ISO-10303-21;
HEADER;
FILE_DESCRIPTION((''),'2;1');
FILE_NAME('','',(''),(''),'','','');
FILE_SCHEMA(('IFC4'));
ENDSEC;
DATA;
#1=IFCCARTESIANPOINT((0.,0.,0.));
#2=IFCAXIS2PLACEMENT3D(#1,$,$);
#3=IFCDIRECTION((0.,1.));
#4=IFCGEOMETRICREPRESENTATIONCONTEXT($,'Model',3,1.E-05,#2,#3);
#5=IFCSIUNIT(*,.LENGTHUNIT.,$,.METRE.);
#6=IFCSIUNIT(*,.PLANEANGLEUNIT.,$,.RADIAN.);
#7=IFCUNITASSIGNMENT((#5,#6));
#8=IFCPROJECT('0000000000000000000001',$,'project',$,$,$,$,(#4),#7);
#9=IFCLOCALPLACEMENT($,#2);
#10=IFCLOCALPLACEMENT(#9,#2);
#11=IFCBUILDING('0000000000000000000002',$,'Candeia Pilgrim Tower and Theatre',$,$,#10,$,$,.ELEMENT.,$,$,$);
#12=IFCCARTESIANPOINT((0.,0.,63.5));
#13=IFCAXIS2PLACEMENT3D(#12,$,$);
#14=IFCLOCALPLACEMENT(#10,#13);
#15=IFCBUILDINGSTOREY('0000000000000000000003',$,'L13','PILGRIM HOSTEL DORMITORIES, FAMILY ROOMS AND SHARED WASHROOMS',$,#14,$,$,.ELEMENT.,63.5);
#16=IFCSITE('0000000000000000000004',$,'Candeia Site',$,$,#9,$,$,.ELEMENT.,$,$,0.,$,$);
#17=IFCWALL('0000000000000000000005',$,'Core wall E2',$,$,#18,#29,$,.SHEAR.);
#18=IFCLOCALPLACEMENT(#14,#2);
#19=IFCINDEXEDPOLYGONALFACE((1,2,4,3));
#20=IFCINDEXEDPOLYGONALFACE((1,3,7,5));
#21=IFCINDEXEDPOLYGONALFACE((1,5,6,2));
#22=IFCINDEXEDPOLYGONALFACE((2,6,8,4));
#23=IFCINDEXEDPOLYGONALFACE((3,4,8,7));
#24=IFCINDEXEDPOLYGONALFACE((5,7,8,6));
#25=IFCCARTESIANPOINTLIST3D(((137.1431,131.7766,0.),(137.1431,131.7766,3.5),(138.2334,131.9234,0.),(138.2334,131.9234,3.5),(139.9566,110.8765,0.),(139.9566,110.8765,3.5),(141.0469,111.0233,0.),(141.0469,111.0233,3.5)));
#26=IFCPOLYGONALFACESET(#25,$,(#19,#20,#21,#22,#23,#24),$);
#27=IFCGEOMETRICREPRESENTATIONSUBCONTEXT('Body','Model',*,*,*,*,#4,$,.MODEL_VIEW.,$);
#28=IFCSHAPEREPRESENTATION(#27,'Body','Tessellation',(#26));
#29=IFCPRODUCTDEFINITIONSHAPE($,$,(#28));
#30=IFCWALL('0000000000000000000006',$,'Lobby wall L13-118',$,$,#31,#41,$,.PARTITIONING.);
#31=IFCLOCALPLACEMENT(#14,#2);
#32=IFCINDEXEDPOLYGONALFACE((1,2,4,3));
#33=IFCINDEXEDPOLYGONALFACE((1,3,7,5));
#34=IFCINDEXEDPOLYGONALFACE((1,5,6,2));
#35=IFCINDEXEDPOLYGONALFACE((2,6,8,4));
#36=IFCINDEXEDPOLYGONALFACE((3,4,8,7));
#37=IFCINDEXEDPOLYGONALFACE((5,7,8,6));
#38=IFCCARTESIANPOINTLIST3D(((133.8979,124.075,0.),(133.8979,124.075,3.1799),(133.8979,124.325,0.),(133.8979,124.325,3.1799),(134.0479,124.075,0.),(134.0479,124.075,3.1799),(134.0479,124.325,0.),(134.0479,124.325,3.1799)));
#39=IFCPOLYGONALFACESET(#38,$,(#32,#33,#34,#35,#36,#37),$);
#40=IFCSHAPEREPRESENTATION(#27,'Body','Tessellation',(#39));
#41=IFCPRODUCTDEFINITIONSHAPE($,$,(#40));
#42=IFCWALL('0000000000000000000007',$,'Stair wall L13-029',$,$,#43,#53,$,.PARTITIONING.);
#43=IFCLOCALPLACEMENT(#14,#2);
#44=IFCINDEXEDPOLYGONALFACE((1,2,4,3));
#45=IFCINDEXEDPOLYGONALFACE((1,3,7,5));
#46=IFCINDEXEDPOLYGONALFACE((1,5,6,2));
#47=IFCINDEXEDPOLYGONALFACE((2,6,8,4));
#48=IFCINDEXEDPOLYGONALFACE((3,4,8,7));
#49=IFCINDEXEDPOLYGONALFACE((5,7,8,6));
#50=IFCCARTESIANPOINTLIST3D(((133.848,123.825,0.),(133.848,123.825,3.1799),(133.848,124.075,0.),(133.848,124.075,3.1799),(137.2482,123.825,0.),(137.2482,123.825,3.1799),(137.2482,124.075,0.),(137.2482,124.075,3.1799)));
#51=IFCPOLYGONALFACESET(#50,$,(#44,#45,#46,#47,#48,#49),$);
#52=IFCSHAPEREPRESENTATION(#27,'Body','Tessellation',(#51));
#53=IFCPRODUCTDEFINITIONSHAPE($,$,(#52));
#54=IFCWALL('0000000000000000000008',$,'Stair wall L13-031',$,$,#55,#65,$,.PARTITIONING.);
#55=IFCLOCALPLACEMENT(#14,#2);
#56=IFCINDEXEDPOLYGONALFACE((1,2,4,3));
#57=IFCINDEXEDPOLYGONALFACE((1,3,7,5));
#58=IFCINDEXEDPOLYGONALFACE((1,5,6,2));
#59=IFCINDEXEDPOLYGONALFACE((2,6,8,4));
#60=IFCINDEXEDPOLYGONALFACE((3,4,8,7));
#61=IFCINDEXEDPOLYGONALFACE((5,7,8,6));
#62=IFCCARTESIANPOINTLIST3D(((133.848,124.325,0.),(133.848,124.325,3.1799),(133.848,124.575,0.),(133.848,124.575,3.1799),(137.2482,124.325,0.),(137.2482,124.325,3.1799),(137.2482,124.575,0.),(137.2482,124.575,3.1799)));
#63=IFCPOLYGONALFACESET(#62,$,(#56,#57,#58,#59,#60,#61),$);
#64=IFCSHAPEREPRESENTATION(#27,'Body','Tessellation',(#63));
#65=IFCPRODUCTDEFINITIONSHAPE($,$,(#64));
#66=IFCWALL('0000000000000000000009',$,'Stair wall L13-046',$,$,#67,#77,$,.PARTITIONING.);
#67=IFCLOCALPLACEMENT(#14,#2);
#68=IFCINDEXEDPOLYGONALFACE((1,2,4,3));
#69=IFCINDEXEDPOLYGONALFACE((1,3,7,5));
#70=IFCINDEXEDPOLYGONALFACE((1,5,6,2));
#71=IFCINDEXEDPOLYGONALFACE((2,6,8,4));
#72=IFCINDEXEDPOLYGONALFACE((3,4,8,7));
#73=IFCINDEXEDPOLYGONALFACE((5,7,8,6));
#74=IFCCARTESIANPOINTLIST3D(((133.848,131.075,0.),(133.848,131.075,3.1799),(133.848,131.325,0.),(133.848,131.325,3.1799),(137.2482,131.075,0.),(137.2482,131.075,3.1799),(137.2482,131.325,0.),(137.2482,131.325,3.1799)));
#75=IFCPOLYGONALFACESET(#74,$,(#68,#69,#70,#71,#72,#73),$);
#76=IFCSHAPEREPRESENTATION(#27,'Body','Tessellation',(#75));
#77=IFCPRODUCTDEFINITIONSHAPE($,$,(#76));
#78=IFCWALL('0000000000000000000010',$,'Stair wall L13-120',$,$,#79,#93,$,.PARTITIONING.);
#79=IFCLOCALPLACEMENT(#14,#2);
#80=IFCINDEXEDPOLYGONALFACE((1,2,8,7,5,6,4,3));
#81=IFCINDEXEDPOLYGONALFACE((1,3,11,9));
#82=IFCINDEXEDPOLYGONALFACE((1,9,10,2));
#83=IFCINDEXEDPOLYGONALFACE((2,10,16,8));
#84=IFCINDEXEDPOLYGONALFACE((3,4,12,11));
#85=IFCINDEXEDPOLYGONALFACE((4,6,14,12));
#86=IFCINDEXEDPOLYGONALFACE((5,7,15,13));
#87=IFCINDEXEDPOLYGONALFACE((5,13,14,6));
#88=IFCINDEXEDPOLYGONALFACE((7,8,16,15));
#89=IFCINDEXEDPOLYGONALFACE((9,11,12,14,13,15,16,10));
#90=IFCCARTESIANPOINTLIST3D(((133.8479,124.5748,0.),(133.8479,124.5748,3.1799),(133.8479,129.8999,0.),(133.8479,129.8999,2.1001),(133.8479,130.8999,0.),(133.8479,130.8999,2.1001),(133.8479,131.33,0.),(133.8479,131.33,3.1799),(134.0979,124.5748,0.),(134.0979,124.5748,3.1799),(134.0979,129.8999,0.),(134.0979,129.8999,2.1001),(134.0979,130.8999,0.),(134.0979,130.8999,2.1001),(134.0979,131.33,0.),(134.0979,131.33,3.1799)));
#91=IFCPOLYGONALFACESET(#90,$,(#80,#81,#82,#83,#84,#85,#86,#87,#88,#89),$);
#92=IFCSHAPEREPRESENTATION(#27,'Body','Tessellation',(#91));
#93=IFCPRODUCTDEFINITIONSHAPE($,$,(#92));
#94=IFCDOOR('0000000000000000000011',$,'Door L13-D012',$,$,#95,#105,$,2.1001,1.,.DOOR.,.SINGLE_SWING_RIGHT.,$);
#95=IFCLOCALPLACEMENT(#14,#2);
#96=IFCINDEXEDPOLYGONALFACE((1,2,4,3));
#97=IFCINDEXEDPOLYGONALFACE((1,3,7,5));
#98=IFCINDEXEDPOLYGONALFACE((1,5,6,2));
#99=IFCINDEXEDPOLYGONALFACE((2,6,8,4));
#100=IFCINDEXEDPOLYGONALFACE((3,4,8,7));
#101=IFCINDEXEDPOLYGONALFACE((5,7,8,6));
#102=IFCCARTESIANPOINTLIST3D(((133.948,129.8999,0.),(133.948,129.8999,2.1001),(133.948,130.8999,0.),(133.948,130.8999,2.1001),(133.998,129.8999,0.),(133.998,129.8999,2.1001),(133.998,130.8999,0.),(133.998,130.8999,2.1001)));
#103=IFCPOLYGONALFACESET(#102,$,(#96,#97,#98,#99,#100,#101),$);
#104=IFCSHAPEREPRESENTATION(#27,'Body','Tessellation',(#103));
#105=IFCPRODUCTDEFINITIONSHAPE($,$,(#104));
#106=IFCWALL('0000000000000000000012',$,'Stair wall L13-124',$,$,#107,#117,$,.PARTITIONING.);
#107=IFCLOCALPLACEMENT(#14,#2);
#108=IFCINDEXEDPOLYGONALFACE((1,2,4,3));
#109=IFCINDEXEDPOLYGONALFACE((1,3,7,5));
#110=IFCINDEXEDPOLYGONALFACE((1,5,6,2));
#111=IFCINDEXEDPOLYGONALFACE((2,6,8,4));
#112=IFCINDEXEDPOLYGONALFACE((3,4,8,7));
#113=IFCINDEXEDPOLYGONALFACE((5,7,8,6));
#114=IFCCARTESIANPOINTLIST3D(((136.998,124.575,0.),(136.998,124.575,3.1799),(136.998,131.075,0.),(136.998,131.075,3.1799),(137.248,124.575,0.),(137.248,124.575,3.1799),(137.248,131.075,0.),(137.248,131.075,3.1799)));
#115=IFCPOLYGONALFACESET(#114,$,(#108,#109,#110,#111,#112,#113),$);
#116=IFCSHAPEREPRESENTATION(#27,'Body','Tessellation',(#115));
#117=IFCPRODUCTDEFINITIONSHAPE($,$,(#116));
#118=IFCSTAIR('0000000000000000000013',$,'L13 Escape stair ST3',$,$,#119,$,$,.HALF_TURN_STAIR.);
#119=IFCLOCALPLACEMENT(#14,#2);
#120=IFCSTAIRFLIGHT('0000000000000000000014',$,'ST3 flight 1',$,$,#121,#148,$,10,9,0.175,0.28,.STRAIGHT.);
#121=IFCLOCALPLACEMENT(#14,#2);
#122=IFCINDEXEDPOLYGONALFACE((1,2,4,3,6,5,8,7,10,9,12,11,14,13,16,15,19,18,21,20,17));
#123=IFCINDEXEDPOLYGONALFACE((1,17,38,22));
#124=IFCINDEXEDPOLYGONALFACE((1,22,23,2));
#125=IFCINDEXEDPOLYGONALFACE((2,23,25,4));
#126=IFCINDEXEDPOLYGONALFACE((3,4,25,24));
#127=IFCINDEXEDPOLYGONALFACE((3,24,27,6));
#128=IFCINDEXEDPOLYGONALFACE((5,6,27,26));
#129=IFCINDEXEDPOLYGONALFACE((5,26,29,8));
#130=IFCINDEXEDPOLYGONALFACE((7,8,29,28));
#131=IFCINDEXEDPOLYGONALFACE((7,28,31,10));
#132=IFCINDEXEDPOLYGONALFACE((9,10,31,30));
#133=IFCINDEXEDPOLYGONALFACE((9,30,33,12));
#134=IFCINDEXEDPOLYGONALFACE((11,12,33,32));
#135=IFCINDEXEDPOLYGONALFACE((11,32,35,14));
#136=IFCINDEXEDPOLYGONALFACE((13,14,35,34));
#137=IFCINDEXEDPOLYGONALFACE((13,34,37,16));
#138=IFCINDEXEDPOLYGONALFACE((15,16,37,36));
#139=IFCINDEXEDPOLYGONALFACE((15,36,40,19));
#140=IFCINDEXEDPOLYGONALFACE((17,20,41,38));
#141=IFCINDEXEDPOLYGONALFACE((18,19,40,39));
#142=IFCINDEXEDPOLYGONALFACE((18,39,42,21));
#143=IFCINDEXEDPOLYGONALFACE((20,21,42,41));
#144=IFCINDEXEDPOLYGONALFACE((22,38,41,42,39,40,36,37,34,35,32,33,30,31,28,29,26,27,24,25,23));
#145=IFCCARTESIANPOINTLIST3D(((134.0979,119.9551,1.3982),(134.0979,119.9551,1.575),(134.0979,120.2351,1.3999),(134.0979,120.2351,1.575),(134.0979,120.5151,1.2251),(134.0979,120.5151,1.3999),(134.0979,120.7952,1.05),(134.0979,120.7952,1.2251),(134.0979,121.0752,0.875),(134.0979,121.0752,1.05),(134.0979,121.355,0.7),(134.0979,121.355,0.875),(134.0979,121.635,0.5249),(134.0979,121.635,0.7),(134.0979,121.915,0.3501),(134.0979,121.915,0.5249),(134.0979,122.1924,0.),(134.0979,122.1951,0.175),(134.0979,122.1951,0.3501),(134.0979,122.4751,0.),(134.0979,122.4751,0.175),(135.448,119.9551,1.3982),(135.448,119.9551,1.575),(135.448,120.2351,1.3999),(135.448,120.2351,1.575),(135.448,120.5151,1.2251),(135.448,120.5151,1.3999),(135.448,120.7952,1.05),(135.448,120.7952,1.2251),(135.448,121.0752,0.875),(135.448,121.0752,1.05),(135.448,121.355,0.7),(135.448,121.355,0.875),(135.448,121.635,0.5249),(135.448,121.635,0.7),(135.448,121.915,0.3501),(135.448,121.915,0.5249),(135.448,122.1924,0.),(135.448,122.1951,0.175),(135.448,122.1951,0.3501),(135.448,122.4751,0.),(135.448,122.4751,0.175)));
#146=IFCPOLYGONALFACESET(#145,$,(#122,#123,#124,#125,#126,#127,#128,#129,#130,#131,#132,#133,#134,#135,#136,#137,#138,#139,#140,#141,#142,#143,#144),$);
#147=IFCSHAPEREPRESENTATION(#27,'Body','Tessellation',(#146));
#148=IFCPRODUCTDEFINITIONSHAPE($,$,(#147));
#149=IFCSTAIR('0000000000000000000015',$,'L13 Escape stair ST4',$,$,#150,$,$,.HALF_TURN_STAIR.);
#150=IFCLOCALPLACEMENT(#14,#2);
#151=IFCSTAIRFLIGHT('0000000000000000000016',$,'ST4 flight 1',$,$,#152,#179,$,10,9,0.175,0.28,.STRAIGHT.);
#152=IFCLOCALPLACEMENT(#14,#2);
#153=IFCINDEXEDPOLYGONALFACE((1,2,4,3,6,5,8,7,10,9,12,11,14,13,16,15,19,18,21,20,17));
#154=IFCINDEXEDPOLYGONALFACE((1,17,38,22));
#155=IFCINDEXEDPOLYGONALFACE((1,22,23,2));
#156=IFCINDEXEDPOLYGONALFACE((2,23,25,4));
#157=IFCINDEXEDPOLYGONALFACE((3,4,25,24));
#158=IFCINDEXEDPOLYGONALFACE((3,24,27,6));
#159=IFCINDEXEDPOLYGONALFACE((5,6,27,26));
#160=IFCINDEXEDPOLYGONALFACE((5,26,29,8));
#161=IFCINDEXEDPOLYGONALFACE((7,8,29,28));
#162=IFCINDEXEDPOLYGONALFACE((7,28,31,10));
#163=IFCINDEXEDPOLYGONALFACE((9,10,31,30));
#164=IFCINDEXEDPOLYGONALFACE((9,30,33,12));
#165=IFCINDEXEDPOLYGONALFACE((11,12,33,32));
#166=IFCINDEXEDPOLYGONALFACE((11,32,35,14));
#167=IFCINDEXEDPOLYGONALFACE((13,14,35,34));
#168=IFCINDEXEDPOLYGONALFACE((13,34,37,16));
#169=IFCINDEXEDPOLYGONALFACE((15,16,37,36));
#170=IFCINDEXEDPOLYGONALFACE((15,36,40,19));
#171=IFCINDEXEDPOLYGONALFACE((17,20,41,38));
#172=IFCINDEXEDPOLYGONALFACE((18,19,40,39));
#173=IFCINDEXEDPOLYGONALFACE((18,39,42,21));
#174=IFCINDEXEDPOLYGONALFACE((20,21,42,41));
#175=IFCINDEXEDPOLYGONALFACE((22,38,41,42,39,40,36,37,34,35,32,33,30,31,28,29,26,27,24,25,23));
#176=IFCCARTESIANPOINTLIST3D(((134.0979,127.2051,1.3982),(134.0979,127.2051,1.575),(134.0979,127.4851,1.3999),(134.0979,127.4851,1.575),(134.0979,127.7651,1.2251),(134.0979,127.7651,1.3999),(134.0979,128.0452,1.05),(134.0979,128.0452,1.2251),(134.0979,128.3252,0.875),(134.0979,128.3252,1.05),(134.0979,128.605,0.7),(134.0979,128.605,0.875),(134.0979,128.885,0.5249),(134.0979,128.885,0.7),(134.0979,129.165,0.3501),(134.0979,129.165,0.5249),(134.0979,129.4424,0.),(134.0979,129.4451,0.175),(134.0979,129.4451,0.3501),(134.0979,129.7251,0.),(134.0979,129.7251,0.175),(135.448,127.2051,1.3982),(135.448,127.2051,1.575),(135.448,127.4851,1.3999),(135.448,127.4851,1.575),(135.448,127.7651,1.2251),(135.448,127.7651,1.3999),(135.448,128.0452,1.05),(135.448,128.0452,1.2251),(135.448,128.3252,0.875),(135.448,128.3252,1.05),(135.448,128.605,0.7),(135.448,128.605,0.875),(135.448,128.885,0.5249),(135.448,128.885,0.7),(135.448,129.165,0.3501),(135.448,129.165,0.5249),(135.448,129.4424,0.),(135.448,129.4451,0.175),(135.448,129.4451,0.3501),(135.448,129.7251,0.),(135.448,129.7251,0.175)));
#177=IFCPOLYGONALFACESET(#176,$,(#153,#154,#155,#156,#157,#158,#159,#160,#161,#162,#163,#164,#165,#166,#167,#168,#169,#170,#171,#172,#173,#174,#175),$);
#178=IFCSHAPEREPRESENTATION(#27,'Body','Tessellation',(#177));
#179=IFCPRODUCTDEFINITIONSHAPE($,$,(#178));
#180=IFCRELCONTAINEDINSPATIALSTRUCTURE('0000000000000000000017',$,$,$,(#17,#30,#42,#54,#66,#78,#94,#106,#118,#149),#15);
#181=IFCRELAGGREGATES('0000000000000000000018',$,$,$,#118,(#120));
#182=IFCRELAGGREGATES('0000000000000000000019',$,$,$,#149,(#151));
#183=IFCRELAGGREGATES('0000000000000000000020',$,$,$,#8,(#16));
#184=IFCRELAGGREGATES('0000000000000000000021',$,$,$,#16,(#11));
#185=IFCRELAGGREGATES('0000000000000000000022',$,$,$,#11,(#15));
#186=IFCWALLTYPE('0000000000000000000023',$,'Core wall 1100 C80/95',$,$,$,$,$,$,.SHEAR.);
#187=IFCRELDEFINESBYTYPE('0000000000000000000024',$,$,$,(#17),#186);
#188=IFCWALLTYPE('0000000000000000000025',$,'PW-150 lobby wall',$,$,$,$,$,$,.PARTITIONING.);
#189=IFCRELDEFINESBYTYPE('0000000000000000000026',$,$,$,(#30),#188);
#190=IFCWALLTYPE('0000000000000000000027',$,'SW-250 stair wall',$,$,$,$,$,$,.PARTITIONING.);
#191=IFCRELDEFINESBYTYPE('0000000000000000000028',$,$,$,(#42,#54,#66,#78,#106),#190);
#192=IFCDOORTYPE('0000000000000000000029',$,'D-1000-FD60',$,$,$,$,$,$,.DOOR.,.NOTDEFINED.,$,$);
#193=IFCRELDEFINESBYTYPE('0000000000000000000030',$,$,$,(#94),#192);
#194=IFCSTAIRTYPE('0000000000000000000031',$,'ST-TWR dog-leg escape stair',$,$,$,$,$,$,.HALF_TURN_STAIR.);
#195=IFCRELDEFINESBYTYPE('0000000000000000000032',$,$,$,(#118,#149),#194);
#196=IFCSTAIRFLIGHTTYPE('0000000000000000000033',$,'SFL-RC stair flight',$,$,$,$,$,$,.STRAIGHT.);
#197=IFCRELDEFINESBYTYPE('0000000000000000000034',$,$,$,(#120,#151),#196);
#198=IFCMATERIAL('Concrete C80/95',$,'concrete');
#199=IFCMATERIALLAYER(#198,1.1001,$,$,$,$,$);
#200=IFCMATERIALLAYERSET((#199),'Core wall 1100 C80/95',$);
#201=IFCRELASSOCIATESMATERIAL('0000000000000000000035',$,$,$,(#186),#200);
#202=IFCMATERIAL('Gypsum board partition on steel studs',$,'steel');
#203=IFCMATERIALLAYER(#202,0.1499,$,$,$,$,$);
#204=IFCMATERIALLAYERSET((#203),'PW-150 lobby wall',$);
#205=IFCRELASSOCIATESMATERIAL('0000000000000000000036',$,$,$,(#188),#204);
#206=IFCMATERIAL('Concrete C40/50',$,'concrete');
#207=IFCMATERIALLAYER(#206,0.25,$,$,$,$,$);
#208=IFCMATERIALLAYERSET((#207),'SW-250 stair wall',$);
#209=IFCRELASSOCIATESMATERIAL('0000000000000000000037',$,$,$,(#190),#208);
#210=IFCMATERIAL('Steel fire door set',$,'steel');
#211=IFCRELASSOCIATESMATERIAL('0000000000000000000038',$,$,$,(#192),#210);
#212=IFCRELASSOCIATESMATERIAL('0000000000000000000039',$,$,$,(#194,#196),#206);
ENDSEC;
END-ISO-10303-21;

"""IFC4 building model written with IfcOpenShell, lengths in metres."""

from ifc_helpers import new_model, si_unit, direction, frame, frame_2d, origin, place, context, subcontext, project, spatial, polyline, rectangle, outline, extrude, material, layer, layer_set, type_object, element, fill, aggregate, save


model = new_model("IFC4")

# Units and contexts
model_context = context("Model", 3, precision=1e-05, world=origin(), true_north=direction((0.0, 1.0)))
body_context = subcontext(model_context, "Body", "Model", "MODEL_VIEW")
ifc_project = project(units=[si_unit("LENGTHUNIT", "METRE"), si_unit("PLANEANGLEUNIT", "RADIAN")], contexts=[model_context])

# Site, building, storey
site_placement = place(None, origin())
site = spatial("IfcSite", under=ifc_project, at=site_placement, Name="Candeia Site", CompositionType="ELEMENT", RefElevation=0.0)
building_placement = place(site_placement, origin())
building = spatial("IfcBuilding", under=site, at=building_placement, Name="Candeia Pilgrim Tower and Theatre", CompositionType="ELEMENT")
storey_placement = place(building_placement, frame((0.0, 0.0, 63.5)))
storey = spatial("IfcBuildingStorey", under=building, at=storey_placement, Name="L13", Description="PILGRIM HOSTEL DORMITORIES, FAMILY ROOMS AND SHARED WASHROOMS", CompositionType="ELEMENT", Elevation=63.5)

# Wall
ifc_material_1 = material(Name="Concrete C80/95", Category="concrete")
ifc_layer_1 = layer(ifc_material_1, 1.1001)
ifc_layer_set_1 = layer_set([ifc_layer_1], Name="Core wall 1100 C80/95")
wall_type_1 = type_object("IfcWallType", Name="Core wall 1100 C80/95", PredefinedType="SHEAR", material=ifc_layer_set_1)
wall_1_placement = place(storey_placement, frame((137.6882, 131.8501, 0.0), z_axis=(0.0, 0.0, 1.0), x_axis=(0.133412, -0.991061, 0.0)))
element("IfcWall", 1, at=wall_1_placement, inside=storey, type_object=wall_type_1, Name="Core wall E2", PredefinedType="SHEAR", context=body_context, shape_type="SweptSolid", body=[
    extrude(rectangle(XDim=21.0886, YDim=1.1001, at=frame_2d((10.5444, 0.0))), origin(), (0.0, 0.0, 1.0), 3.5),
])

# Walls
ifc_material_2 = material(Name="Gypsum board partition on steel studs", Category="steel")
ifc_layer_2 = layer(ifc_material_2, 0.1499)
ifc_layer_set_2 = layer_set([ifc_layer_2], Name="PW-150 lobby wall")
wall_type_2 = type_object("IfcWallType", Name="PW-150 lobby wall", PredefinedType="PARTITIONING", material=ifc_layer_set_2)
wall_2_placement = place(storey_placement, frame((133.9729, 124.075, 0.0), z_axis=(0.0, 0.0, 1.0), x_axis=(0.0, 1.0, 0.0)))
element("IfcWall", 2, at=wall_2_placement, inside=storey, type_object=wall_type_2, Name="Lobby wall L13-118", PredefinedType="PARTITIONING", context=body_context, shape_type="SweptSolid", body=[
    extrude(rectangle(XDim=0.25, YDim=0.1499, at=frame_2d((0.125, 0.0))), origin(), (0.0, 0.0, 1.0), 3.1799),
])
ifc_material_3 = material(Name="Concrete C40/50", Category="concrete")
ifc_layer_3 = layer(ifc_material_3, 0.25)
ifc_layer_set_3 = layer_set([ifc_layer_3], Name="SW-250 stair wall")
wall_type_3 = type_object("IfcWallType", Name="SW-250 stair wall", PredefinedType="PARTITIONING", material=ifc_layer_set_3)
for number, where, z_axis, x_axis, name in (
    (3, (133.8479, 123.95, 0.0), (0.0, 0.0, 1.0), (1.0, 0.0, 0.0), "Stair wall L13-029"),
    (4, (133.8479, 124.45, 0.0), (0.0, 0.0, 1.0), (1.0, 0.0, 0.0), "Stair wall L13-031"),
    (5, (133.8479, 131.2, 0.0), (0.0, 0.0, 1.0), (1.0, 0.0, 0.0), "Stair wall L13-046"),
):
    element("IfcWall", number, at=place(storey_placement, frame(where, z_axis=z_axis, x_axis=x_axis)), inside=storey, type_object=wall_type_3, Name=name, PredefinedType="PARTITIONING", context=body_context, shape_type="SweptSolid", body=[
        extrude(rectangle(XDim=3.4001, YDim=0.25, at=frame_2d((1.7002, 0.0))), origin(), (0.0, 0.0, 1.0), 3.1799),
    ])

# Wall, opening, door
wall_3_placement = place(storey_placement, frame((133.9729, 124.575, 0.0), z_axis=(0.0, 0.0, 1.0), x_axis=(0.0, 1.0, 0.0)))
wall_3 = element("IfcWall", 6, at=wall_3_placement, inside=storey, type_object=wall_type_3, Name="Stair wall L13-120", PredefinedType="PARTITIONING", context=body_context, shape_type="SweptSolid", body=[
    extrude(rectangle(XDim=6.7551, YDim=0.25, at=frame_2d((3.3774, 0.0))), origin(), (0.0, 0.0, 1.0), 3.1799),
])
opening_1_placement = place(wall_3_placement, frame((5.325, 0.0, 0.0)))
opening_1 = element("IfcOpeningElement", 7, at=opening_1_placement, cuts=wall_3, PredefinedType="OPENING", context=body_context, shape_type="SweptSolid", body=[
    extrude(rectangle(XDim=1.0, YDim=2.1001, at=frame_2d((0.5, 1.05))), frame((0.0, 0.135, 0.0), z_axis=(0.0, -1.0, 0.0), x_axis=(1.0, 0.0, 0.0)), (0.0, 0.0, 1.0), 0.27),
])
ifc_material_4 = material(Name="Steel fire door set", Category="steel")
door_type_1 = type_object("IfcDoorType", Name="D-1000-FD60", OperationType="NOTDEFINED", PredefinedType="DOOR", material=ifc_material_4)
door_1_placement = place(opening_1_placement, origin())
door_1 = element("IfcDoor", 8, at=door_1_placement, inside=storey, type_object=door_type_1, Name="Door L13-D012", OperationType="SINGLE_SWING_RIGHT", OverallHeight=2.1001, OverallWidth=1.0, PredefinedType="DOOR", context=body_context, shape_type="SweptSolid", body=[
    extrude(rectangle(XDim=1.0, YDim=2.1001, at=frame_2d((0.5, 1.05))), frame((0.0, 0.0249, 0.0), z_axis=(0.0, -1.0, 0.0), x_axis=(1.0, 0.0, 0.0)), (0.0, 0.0, 1.0), 0.05),
])
fill(opening_1, door_1)

# Wall
wall_4_placement = place(storey_placement, frame((137.123, 124.575, 0.0), z_axis=(0.0, 0.0, 1.0), x_axis=(0.0, 1.0, 0.0)))
element("IfcWall", 9, at=wall_4_placement, inside=storey, type_object=wall_type_3, Name="Stair wall L13-124", PredefinedType="PARTITIONING", context=body_context, shape_type="SweptSolid", body=[
    extrude(rectangle(XDim=6.5, YDim=0.25, at=frame_2d((3.25, 0.0))), origin(), (0.0, 0.0, 1.0), 3.1799),
])

# Stair, stair flight
stair_type = type_object("IfcStairType", Name="ST-TWR dog-leg escape stair", PredefinedType="HALF_TURN_STAIR", material=ifc_material_3)
stair_1_placement = place(storey_placement, origin())
stair_1 = element("IfcStair", 10, at=stair_1_placement, inside=storey, type_object=stair_type, Name="L13 Escape stair ST3", PredefinedType="HALF_TURN_STAIR")
stair_flight_type = type_object("IfcStairFlightType", Name="SFL-RC stair flight", PredefinedType="STRAIGHT", material=ifc_material_3)
stair_flight_1_placement = place(storey_placement, frame((134.7729, 122.4751, 0.0), z_axis=(0.0, 0.0, 1.0), x_axis=(0.0, -1.0, 0.0)))
stair_flight_1 = element("IfcStairFlight", 11, at=stair_flight_1_placement, type_object=stair_flight_type, Name="ST3 flight 1", NumberOfRisers=10, NumberOfTreads=9, PredefinedType="STRAIGHT", RiserHeight=0.175, TreadLength=0.28, context=body_context, shape_type="SweptSolid", body=[
    extrude(outline(polyline([(0.0, 0.0), (0.0, 0.175), (0.28, 0.175), (0.28, 0.3501), (0.5601, 0.3501), (0.5601, 0.5249), (0.8401, 0.5249), (0.8401, 0.7), (1.1201, 0.7), (1.1201, 0.875), (1.3999, 0.875), (1.3999, 1.05), (1.6799, 1.05), (1.6799, 1.2251), (1.96, 1.2251), (1.96, 1.3999), (2.24, 1.3999), (2.24, 1.575), (2.52, 1.575), (2.52, 1.75), (2.52, 1.3982), (0.2827, 0.0), (0.0, 0.0)])), frame((0.0, 0.675, 0.0), z_axis=(0.0, -1.0, 0.0), x_axis=(1.0, 0.0, 0.0)), (0.0, 0.0, 1.0), 1.3501),
])
aggregate(stair_1, [stair_flight_1])

# Stair, stair flight
stair_2_placement = place(storey_placement, origin())
stair_2 = element("IfcStair", 12, at=stair_2_placement, inside=storey, type_object=stair_type, Name="L13 Escape stair ST4", PredefinedType="HALF_TURN_STAIR")
stair_flight_2_placement = place(storey_placement, frame((134.7729, 129.7251, 0.0), z_axis=(0.0, 0.0, 1.0), x_axis=(0.0, -1.0, 0.0)))
stair_flight_2 = element("IfcStairFlight", 13, at=stair_flight_2_placement, type_object=stair_flight_type, Name="ST4 flight 1", NumberOfRisers=10, NumberOfTreads=9, PredefinedType="STRAIGHT", RiserHeight=0.175, TreadLength=0.28, context=body_context, shape_type="SweptSolid", body=[
    extrude(outline(polyline([(0.0, 0.0), (0.0, 0.175), (0.28, 0.175), (0.28, 0.3501), (0.5601, 0.3501), (0.5601, 0.5249), (0.8401, 0.5249), (0.8401, 0.7), (1.1201, 0.7), (1.1201, 0.875), (1.3999, 0.875), (1.3999, 1.05), (1.6799, 1.05), (1.6799, 1.2251), (1.96, 1.2251), (1.96, 1.3999), (2.24, 1.3999), (2.24, 1.575), (2.52, 1.575), (2.52, 1.75), (2.52, 1.3982), (0.2827, 0.0), (0.0, 0.0)])), frame((0.0, 0.675, 0.0), z_axis=(0.0, -1.0, 0.0), x_axis=(1.0, 0.0, 0.0)), (0.0, 0.0, 1.0), 1.3501),
])
aggregate(stair_2, [stair_flight_2])

save(model, "model.ifc")
